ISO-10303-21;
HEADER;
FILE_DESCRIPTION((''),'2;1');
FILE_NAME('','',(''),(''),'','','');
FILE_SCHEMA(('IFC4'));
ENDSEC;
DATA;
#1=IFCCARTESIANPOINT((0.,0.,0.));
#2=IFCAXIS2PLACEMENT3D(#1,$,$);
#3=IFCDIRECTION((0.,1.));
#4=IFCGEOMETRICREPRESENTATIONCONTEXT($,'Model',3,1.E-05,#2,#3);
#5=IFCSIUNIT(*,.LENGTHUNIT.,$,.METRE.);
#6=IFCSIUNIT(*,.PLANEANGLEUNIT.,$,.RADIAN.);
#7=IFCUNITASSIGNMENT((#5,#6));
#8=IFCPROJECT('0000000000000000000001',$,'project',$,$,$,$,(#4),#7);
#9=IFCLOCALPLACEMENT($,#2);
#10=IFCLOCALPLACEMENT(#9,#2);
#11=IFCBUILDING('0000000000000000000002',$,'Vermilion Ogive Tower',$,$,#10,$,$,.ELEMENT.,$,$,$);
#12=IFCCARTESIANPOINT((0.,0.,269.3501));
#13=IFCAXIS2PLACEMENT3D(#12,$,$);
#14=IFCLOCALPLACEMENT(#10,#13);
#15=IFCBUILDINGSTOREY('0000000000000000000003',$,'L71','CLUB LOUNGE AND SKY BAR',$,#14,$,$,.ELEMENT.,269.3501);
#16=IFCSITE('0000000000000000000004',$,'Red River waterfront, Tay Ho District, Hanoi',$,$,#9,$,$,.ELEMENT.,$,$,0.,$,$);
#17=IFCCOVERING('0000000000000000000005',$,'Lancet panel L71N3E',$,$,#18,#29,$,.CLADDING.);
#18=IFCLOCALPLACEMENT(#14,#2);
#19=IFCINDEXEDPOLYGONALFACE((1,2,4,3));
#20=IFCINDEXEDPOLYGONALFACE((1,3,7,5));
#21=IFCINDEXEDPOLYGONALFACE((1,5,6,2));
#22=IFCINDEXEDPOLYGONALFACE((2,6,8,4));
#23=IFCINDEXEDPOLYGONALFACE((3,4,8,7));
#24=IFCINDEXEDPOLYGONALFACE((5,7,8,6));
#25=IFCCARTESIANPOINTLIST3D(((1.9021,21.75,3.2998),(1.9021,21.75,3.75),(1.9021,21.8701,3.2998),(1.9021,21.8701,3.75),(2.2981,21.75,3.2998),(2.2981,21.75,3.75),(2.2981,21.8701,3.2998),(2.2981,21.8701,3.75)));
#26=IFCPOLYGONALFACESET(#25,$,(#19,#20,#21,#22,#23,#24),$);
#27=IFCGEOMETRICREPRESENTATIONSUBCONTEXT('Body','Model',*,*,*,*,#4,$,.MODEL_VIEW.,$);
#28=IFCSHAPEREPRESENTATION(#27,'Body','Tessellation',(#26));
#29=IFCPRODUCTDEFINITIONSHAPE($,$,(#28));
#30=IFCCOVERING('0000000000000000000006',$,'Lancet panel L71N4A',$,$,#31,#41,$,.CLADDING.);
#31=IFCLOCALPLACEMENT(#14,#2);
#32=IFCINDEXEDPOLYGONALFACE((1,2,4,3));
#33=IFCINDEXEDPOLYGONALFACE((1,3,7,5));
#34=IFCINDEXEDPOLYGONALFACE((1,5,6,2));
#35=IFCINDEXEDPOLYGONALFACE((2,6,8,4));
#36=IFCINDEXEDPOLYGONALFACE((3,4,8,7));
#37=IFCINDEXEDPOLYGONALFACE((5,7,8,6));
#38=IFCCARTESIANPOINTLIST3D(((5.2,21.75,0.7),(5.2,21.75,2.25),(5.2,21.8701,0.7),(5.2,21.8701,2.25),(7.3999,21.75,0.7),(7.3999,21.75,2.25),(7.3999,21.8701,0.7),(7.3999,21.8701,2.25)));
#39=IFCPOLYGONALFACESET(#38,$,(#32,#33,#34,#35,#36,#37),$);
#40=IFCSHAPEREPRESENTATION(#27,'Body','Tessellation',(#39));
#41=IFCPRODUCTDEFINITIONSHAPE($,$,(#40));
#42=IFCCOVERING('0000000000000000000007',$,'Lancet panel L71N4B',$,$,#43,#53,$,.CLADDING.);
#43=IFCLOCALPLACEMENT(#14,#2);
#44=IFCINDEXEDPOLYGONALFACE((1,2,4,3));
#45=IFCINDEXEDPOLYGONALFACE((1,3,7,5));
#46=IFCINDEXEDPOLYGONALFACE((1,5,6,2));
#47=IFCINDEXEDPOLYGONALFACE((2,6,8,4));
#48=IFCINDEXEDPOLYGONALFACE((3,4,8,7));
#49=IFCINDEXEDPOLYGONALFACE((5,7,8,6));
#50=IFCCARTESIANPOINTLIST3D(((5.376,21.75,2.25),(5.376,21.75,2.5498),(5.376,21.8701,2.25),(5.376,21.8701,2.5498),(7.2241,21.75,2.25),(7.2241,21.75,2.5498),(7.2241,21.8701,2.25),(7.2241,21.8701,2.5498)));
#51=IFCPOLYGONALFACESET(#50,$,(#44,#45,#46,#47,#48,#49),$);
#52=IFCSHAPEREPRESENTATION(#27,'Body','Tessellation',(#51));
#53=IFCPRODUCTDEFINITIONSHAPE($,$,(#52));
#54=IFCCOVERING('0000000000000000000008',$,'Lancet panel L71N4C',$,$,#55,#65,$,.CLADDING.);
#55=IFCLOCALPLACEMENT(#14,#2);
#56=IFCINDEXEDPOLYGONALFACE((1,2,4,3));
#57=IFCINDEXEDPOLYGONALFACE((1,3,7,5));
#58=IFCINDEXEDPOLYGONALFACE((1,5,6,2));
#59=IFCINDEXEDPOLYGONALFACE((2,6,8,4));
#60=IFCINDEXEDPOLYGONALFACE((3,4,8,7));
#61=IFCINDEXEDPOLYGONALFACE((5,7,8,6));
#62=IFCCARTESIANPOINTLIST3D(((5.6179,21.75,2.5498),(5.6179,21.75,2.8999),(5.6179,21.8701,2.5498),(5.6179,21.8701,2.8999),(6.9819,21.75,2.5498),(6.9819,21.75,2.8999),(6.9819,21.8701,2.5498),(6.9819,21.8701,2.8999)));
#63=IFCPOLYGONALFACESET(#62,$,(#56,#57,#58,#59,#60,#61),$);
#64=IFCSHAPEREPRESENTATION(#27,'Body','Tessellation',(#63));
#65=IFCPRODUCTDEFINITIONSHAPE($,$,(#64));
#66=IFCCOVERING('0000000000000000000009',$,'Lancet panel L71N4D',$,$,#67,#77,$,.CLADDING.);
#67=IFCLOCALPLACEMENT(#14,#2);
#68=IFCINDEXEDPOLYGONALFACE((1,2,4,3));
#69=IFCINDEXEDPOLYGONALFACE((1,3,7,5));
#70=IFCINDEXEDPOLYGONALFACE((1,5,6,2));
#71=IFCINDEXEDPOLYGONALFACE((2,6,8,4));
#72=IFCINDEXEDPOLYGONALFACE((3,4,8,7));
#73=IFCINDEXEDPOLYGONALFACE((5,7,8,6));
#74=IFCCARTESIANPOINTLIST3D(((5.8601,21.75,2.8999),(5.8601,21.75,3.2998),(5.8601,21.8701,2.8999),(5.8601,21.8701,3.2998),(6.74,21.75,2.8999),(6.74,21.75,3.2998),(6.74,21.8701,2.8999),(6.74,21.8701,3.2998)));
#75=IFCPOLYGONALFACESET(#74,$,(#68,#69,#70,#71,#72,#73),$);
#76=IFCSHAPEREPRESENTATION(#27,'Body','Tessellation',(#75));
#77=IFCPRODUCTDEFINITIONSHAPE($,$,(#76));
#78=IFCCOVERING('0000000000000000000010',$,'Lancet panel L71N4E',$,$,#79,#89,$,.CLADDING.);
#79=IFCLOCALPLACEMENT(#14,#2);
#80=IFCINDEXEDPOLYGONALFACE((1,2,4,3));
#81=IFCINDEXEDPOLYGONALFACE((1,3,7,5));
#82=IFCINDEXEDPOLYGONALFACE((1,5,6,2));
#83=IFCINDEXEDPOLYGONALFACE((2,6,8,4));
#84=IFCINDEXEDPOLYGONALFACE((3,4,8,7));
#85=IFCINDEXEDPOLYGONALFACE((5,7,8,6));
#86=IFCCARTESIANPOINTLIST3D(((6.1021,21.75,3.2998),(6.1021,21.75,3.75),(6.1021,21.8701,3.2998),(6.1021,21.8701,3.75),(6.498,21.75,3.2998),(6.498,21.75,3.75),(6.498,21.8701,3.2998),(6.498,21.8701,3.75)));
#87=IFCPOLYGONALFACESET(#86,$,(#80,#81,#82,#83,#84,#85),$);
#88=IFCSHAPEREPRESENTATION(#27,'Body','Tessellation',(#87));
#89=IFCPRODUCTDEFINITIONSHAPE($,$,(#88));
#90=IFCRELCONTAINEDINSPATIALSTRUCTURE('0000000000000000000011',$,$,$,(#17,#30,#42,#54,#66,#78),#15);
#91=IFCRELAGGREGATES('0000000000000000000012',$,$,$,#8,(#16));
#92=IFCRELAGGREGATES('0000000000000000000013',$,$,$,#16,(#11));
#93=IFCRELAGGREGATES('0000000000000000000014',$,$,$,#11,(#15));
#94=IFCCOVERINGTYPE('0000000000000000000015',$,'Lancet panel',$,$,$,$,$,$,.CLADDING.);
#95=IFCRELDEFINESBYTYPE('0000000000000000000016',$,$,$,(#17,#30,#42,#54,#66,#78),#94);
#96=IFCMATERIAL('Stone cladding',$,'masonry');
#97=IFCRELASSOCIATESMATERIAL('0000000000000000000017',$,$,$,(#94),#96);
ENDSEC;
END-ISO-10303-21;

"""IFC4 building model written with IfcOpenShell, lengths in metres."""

from ifc_helpers import new_model, si_unit, direction, frame, origin, place, context, subcontext, project, spatial, polyline, outline, extrude, material, type_object, element, save


model = new_model("IFC4")

# Units and contexts
model_context = context("Model", 3, precision=1e-05, world=origin(), true_north=direction((0.0, 1.0)))
body_context = subcontext(model_context, "Body", "Model", "MODEL_VIEW")
ifc_project = project(units=[si_unit("LENGTHUNIT", "METRE"), si_unit("PLANEANGLEUNIT", "RADIAN")], contexts=[model_context])

# Site, building, storey
site_placement = place(None, origin())
site = spatial("IfcSite", under=ifc_project, at=site_placement, Name="Red River waterfront, Tay Ho District, Hanoi", CompositionType="ELEMENT", RefElevation=0.0)
building_placement = place(site_placement, origin())
building = spatial("IfcBuilding", under=site, at=building_placement, Name="Vermilion Ogive Tower", CompositionType="ELEMENT")
storey_placement = place(building_placement, frame((0.0, 0.0, 269.3501)))
storey = spatial("IfcBuildingStorey", under=building, at=storey_placement, Name="L71", Description="CLUB LOUNGE AND SKY BAR", CompositionType="ELEMENT", Elevation=269.3501)

# Coverings
ifc_material_1 = material(Name="Stone cladding", Category="masonry")
covering_type = type_object("IfcCoveringType", Name="Lancet panel", PredefinedType="CLADDING", material=ifc_material_1)
covering_1_placement = place(storey_placement, frame((0.0, 0.0, 3.2998)))
element("IfcCovering", 1, at=covering_1_placement, inside=storey, type_object=covering_type, Name="Lancet panel L71N3E", PredefinedType="CLADDING", context=body_context, shape_type="SweptSolid", body=[
    extrude(outline(polyline([(1.9021, 21.75), (2.2981, 21.75), (2.2981, 21.8701), (1.9021, 21.8701), (1.9021, 21.75)])), origin(), (0.0, 0.0, 1.0), 0.4502),
])
covering_2_placement = place(storey_placement, frame((0.0, 0.0, 0.7)))
element("IfcCovering", 2, at=covering_2_placement, inside=storey, type_object=covering_type, Name="Lancet panel L71N4A", PredefinedType="CLADDING", context=body_context, shape_type="SweptSolid", body=[
    extrude(outline(polyline([(5.2, 21.75), (7.3999, 21.75), (7.3999, 21.8701), (5.2, 21.8701), (5.2, 21.75)])), origin(), (0.0, 0.0, 1.0), 1.55),
])
covering_3_placement = place(storey_placement, frame((0.0, 0.0, 2.25)))
element("IfcCovering", 3, at=covering_3_placement, inside=storey, type_object=covering_type, Name="Lancet panel L71N4B", PredefinedType="CLADDING", context=body_context, shape_type="SweptSolid", body=[
    extrude(outline(polyline([(5.376, 21.75), (7.2241, 21.75), (7.2241, 21.8701), (5.376, 21.8701), (5.376, 21.75)])), origin(), (0.0, 0.0, 1.0), 0.2998),
])
covering_4_placement = place(storey_placement, frame((0.0, 0.0, 2.5498)))
element("IfcCovering", 4, at=covering_4_placement, inside=storey, type_object=covering_type, Name="Lancet panel L71N4C", PredefinedType="CLADDING", context=body_context, shape_type="SweptSolid", body=[
    extrude(outline(polyline([(5.6179, 21.75), (6.9819, 21.75), (6.9819, 21.8701), (5.6179, 21.8701), (5.6179, 21.75)])), origin(), (0.0, 0.0, 1.0), 0.3501),
])
covering_5_placement = place(storey_placement, frame((0.0, 0.0, 2.8999)))
element("IfcCovering", 5, at=covering_5_placement, inside=storey, type_object=covering_type, Name="Lancet panel L71N4D", PredefinedType="CLADDING", context=body_context, shape_type="SweptSolid", body=[
    extrude(outline(polyline([(5.8601, 21.75), (6.74, 21.75), (6.74, 21.8701), (5.8601, 21.8701), (5.8601, 21.75)])), origin(), (0.0, 0.0, 1.0), 0.3999),
])
covering_6_placement = place(storey_placement, frame((0.0, 0.0, 3.2998)))
element("IfcCovering", 6, at=covering_6_placement, inside=storey, type_object=covering_type, Name="Lancet panel L71N4E", PredefinedType="CLADDING", context=body_context, shape_type="SweptSolid", body=[
    extrude(outline(polyline([(6.1021, 21.75), (6.498, 21.75), (6.498, 21.8701), (6.1021, 21.8701), (6.1021, 21.75)])), origin(), (0.0, 0.0, 1.0), 0.4502),
])

save(model, "model.ifc")
